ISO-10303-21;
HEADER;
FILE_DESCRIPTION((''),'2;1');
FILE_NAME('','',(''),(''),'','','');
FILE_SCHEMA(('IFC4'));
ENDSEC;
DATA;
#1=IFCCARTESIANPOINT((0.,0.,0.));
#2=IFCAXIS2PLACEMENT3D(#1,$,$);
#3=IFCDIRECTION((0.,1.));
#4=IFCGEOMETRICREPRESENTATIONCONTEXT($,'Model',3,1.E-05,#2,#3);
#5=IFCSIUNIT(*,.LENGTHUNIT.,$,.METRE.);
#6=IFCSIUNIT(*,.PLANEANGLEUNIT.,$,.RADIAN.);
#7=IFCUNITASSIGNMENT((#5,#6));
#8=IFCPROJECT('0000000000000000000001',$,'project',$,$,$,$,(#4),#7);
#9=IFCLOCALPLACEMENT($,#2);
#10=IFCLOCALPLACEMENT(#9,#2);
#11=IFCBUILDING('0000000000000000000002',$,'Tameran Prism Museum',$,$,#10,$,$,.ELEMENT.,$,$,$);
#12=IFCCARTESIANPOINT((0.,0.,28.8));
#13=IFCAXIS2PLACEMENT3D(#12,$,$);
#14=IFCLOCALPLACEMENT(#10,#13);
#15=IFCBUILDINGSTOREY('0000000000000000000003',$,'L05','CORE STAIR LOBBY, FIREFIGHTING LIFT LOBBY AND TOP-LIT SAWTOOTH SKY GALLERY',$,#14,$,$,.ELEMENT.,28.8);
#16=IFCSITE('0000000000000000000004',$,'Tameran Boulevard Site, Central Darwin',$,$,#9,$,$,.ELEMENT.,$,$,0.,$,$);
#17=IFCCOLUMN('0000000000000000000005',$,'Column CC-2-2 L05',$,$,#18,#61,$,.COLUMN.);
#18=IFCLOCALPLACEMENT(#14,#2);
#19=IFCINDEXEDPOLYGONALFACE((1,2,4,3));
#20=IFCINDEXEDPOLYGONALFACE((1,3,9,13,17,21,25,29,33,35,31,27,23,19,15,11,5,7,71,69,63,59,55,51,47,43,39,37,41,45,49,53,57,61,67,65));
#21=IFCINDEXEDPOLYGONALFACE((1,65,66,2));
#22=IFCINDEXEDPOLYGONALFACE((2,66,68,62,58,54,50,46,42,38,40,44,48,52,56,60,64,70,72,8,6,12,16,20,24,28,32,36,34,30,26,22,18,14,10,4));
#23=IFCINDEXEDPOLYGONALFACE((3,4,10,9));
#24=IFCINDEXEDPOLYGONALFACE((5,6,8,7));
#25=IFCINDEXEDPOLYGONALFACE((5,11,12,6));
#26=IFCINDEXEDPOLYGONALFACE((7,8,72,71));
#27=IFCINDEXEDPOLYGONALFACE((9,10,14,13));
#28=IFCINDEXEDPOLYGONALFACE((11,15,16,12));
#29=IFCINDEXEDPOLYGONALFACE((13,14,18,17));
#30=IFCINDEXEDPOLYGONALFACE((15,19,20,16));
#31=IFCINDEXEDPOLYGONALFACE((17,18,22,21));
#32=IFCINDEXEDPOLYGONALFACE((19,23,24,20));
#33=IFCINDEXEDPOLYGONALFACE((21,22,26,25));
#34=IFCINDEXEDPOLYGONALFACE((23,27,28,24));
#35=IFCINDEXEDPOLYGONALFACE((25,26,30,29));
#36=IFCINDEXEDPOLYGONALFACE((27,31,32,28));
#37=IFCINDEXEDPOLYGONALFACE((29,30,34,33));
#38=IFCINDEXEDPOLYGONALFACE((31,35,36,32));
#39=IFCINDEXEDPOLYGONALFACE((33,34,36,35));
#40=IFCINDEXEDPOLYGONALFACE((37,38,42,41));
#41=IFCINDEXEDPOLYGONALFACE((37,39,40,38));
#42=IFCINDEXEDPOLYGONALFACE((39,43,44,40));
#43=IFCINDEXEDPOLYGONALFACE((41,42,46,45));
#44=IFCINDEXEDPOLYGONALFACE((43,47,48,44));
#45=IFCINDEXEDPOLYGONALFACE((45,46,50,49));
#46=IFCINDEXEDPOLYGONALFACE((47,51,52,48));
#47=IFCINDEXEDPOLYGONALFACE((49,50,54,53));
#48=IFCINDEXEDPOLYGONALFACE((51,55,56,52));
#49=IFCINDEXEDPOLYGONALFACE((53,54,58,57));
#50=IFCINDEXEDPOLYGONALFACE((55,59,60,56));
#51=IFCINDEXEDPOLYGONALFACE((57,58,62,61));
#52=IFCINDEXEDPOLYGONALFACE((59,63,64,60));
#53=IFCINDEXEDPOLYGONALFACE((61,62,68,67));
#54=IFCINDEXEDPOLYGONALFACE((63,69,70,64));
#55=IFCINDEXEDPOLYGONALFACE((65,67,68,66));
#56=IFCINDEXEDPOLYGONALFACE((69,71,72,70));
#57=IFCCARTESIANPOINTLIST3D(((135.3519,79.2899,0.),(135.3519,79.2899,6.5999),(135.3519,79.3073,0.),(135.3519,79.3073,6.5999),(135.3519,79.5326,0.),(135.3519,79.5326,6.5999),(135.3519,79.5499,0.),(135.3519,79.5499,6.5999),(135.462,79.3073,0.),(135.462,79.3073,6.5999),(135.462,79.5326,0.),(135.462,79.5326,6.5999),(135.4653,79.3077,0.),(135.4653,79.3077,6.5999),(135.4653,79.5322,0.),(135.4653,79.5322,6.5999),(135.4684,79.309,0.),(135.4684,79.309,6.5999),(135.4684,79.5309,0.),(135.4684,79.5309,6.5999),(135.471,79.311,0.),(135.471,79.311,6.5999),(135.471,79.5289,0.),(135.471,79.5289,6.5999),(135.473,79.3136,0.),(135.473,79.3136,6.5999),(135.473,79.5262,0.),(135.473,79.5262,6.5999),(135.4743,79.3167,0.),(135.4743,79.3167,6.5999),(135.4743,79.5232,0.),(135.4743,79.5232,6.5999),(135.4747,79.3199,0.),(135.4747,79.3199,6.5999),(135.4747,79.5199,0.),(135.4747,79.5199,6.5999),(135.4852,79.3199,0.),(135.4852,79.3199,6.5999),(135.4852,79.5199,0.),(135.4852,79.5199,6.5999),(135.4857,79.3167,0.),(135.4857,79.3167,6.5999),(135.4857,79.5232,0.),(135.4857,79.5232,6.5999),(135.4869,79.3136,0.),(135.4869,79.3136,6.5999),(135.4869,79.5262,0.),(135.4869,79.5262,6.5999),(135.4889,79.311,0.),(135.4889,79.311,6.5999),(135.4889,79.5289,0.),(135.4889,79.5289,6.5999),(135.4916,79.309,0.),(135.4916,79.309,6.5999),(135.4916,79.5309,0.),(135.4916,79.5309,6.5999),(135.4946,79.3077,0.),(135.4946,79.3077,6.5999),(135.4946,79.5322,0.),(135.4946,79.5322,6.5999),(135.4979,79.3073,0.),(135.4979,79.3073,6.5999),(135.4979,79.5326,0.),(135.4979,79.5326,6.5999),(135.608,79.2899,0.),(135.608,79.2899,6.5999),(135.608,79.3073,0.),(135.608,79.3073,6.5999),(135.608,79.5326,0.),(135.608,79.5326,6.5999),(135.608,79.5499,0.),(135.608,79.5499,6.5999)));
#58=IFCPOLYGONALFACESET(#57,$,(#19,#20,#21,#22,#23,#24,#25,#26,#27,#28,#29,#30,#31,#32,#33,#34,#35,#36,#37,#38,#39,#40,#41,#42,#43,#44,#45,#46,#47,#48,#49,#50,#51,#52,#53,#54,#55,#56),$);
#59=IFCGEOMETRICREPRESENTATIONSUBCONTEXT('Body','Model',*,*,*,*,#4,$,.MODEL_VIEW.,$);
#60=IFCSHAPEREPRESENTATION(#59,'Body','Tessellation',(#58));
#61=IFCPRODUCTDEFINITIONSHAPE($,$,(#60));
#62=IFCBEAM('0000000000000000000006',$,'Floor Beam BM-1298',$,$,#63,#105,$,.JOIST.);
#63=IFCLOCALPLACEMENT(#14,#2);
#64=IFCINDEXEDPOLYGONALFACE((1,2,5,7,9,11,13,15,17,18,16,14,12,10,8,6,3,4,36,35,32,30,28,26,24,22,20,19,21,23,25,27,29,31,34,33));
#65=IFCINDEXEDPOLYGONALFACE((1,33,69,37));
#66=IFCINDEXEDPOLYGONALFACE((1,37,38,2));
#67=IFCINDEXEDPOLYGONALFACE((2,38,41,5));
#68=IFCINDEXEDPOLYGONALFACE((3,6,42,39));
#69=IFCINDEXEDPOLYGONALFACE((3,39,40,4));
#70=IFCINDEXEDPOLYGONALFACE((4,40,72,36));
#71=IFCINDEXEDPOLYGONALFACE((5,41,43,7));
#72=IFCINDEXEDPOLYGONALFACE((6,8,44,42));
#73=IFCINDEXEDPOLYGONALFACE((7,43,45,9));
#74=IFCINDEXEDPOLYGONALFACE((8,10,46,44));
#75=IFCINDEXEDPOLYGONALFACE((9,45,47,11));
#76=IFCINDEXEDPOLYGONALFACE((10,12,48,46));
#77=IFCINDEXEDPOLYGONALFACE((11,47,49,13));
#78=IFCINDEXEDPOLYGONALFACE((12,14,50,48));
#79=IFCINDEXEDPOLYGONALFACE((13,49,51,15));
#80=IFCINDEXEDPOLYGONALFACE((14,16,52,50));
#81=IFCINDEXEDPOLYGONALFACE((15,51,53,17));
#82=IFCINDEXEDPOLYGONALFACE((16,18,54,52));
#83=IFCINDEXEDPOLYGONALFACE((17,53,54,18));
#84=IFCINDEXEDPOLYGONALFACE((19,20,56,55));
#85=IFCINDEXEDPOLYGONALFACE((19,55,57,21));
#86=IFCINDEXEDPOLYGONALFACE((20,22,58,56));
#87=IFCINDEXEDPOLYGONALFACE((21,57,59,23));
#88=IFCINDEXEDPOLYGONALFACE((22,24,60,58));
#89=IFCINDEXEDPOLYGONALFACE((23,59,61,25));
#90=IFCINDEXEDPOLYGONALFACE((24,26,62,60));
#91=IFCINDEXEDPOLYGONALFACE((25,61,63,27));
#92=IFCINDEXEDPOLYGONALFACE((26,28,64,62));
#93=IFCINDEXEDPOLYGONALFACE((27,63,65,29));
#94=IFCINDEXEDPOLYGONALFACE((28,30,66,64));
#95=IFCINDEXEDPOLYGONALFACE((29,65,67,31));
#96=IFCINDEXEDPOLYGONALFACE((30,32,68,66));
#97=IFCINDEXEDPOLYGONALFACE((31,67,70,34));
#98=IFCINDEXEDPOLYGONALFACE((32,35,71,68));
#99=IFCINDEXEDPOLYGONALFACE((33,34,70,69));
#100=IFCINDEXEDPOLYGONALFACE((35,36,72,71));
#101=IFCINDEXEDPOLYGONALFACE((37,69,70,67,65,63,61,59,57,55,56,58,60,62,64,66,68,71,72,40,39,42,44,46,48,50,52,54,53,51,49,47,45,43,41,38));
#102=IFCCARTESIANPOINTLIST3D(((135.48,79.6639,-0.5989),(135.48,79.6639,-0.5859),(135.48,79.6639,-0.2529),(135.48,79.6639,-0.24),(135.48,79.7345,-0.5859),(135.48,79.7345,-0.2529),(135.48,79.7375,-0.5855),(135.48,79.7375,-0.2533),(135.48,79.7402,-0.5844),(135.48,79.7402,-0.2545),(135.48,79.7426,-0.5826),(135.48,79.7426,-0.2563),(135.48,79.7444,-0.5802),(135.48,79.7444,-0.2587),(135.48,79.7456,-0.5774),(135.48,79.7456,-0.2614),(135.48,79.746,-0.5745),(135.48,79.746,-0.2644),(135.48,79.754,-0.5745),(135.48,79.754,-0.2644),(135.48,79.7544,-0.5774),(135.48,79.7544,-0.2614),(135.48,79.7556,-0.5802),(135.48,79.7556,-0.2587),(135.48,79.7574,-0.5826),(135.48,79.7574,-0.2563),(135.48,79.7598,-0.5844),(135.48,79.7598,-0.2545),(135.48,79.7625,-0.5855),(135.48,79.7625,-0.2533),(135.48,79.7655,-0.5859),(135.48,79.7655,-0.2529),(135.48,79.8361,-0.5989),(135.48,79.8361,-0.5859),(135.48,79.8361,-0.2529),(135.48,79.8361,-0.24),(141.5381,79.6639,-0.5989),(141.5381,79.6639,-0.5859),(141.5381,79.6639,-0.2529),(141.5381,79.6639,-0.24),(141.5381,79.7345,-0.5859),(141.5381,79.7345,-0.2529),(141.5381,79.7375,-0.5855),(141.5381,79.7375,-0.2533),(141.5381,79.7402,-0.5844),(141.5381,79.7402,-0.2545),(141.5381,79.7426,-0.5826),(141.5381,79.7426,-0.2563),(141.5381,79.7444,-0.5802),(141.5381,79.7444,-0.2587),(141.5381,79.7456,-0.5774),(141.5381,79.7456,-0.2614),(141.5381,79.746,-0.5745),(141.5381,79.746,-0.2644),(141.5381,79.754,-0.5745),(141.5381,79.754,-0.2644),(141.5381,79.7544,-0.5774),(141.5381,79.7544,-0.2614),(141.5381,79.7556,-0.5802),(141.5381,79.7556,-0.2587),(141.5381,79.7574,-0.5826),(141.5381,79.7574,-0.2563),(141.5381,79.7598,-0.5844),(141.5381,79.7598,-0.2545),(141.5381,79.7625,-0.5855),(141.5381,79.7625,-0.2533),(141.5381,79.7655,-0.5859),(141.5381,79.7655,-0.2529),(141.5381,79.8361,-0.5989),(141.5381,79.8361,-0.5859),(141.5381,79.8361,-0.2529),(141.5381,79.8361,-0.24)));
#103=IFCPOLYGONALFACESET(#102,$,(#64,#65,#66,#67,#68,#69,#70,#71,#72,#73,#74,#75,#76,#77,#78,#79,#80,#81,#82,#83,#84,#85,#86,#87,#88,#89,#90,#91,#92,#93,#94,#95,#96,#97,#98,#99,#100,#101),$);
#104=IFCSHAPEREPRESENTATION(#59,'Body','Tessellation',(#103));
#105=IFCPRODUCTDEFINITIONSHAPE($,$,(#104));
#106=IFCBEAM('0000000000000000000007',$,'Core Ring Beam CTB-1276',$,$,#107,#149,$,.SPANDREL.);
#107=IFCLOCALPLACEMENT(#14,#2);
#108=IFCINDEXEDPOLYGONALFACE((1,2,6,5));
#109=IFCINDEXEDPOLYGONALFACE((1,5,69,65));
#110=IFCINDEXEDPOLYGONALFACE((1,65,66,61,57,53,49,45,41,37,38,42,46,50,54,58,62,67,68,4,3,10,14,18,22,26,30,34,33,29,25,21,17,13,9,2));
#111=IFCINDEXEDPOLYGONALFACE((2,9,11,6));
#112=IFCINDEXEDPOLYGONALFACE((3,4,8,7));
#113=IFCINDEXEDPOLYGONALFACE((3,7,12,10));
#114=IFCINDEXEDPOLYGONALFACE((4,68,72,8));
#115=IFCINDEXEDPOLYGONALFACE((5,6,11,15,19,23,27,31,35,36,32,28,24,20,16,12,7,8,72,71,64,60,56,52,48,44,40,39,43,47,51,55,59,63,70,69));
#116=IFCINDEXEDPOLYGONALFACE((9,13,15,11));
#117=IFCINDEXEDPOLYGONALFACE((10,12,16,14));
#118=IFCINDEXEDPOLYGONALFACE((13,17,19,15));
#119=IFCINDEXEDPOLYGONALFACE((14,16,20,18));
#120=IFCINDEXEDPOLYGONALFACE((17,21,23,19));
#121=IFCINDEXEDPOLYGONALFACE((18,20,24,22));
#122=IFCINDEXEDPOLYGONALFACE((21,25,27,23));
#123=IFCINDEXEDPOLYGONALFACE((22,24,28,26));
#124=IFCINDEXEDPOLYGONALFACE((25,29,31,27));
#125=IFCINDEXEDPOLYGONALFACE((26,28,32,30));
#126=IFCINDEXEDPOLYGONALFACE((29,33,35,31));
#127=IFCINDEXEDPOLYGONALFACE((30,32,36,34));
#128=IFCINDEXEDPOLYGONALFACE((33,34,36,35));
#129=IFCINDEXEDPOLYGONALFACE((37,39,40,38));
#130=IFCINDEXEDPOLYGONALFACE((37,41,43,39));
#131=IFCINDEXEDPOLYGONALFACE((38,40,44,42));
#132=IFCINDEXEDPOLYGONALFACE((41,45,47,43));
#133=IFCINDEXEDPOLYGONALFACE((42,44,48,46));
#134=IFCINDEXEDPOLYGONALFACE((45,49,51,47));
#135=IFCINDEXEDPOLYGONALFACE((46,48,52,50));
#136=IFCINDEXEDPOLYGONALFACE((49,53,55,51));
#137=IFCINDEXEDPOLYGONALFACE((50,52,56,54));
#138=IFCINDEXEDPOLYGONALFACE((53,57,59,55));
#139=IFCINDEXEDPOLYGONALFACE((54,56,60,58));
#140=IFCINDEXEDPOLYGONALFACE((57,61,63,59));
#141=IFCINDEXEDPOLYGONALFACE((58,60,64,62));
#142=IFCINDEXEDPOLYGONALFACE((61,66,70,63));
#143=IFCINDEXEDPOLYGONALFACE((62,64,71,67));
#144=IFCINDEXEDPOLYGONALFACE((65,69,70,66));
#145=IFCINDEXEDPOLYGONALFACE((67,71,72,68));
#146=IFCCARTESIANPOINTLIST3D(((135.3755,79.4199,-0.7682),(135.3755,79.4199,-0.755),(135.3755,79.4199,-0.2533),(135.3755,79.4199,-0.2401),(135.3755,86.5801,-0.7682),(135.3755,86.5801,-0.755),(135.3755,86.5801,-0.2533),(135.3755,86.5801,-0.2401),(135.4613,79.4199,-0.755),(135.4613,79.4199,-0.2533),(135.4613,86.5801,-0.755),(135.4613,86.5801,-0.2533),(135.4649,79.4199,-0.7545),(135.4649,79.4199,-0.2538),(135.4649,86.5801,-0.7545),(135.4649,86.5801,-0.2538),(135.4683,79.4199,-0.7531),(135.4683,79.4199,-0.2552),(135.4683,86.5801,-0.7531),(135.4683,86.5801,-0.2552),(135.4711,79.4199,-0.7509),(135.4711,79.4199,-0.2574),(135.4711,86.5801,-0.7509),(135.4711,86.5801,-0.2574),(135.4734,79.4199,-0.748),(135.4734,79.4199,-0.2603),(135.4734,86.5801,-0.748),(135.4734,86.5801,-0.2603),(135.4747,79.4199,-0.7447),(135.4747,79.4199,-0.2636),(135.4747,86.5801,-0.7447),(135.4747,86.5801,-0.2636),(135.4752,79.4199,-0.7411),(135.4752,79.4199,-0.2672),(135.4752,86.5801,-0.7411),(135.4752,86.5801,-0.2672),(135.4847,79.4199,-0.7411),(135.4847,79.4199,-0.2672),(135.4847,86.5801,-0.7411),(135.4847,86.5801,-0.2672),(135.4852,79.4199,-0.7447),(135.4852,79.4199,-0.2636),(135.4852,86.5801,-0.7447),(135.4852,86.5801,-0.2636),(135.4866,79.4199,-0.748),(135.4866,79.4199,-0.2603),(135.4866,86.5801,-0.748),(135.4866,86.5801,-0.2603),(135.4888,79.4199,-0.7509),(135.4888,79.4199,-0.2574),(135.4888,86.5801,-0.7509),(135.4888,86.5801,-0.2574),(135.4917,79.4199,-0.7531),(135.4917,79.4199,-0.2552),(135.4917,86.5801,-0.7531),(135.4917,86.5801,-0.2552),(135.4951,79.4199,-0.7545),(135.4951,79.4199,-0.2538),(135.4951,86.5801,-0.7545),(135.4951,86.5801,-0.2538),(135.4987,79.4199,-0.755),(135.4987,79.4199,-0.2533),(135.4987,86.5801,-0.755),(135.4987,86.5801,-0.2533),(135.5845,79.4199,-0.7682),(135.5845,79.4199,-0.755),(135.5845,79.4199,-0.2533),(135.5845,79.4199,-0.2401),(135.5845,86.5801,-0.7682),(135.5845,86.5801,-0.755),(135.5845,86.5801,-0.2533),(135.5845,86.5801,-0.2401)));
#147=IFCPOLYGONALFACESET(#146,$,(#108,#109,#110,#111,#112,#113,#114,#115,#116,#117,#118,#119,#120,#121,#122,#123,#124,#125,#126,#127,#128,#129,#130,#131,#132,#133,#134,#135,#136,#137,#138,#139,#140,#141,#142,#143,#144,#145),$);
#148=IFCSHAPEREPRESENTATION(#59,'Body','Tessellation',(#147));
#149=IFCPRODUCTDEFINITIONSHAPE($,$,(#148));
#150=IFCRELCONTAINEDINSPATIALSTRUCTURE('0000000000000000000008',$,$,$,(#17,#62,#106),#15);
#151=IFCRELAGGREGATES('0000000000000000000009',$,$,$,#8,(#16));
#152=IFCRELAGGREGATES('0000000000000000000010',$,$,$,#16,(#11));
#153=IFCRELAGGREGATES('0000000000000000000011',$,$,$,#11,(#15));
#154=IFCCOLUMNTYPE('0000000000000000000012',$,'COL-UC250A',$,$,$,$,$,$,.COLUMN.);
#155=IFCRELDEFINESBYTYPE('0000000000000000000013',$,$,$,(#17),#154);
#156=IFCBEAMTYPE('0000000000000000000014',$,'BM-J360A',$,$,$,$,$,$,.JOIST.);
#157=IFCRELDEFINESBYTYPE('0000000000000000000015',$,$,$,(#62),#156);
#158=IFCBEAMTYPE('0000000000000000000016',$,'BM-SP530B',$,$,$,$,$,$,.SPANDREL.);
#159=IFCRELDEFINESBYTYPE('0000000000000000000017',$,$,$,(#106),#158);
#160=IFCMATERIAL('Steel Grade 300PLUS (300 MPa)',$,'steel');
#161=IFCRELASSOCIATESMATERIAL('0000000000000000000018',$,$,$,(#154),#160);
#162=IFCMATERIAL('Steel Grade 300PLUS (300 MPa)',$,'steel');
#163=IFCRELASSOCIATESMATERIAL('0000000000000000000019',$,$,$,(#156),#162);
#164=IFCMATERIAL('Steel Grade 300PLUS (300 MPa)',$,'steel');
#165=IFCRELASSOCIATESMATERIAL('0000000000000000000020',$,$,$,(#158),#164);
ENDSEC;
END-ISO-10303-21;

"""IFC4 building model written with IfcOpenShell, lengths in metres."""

from ifc_helpers import new_model, si_unit, direction, frame, origin, origin_2d, place, context, subcontext, project, spatial, i_section, extrude, material, material_profile, profile_set, type_object, element, save


model = new_model("IFC4")

# Units and contexts
model_context = context("Model", 3, precision=1e-05, world=origin(), true_north=direction((0.0, 1.0)))
body_context = subcontext(model_context, "Body", "Model", "MODEL_VIEW")
ifc_project = project(units=[si_unit("LENGTHUNIT", "METRE"), si_unit("PLANEANGLEUNIT", "RADIAN")], contexts=[model_context])

# Site, building, storey
site_placement = place(None, origin())
site = spatial("IfcSite", under=ifc_project, at=site_placement, Name="Tameran Boulevard Site, Central Darwin", CompositionType="ELEMENT", RefElevation=0.0)
building_placement = place(site_placement, origin())
building = spatial("IfcBuilding", under=site, at=building_placement, Name="Tameran Prism Museum", CompositionType="ELEMENT")
storey_placement = place(building_placement, frame((0.0, 0.0, 28.8)))
storey = spatial("IfcBuildingStorey", under=building, at=storey_placement, Name="L05", Description="CORE STAIR LOBBY, FIREFIGHTING LIFT LOBBY AND TOP-LIT SAWTOOTH SKY GALLERY", CompositionType="ELEMENT", Elevation=28.8)

# Column
ifc_material_1 = material(Name="Steel Grade 300PLUS (300 MPa)", Category="steel")
ifc_material_profile_1 = material_profile(ifc_material_1, i_section(OverallWidth=0.2561, OverallDepth=0.26, WebThickness=0.0105, FlangeThickness=0.0173, FilletRadius=0.0127, at=origin_2d()))
ifc_profile_set_1 = profile_set([ifc_material_profile_1])
column_type = type_object("IfcColumnType", Name="COL-UC250A", PredefinedType="COLUMN", material=ifc_profile_set_1)
column_placement = place(storey_placement, frame((135.48, 79.4199, 0.0), z_axis=(0.0, 0.0, 1.0), x_axis=(1.0, 0.0, 0.0)))
element("IfcColumn", 1, at=column_placement, inside=storey, type_object=column_type, Name="Column CC-2-2 L05", PredefinedType="COLUMN", context=body_context, shape_type="SweptSolid", body=[
    extrude(i_section(OverallWidth=0.2561, OverallDepth=0.26, WebThickness=0.0105, FlangeThickness=0.0173, FilletRadius=0.0127, at=origin_2d()), origin(), (0.0, 0.0, 1.0), 6.5999),
])

# Beams
ifc_material_2 = material(Name="Steel Grade 300PLUS (300 MPa)", Category="steel")
ifc_material_profile_2 = material_profile(ifc_material_2, i_section(OverallWidth=0.1721, OverallDepth=0.3589, WebThickness=0.0081, FlangeThickness=0.0129, FilletRadius=0.0115, at=origin_2d()))
ifc_profile_set_2 = profile_set([ifc_material_profile_2])
beam_type_1 = type_object("IfcBeamType", Name="BM-J360A", PredefinedType="JOIST", material=ifc_profile_set_2)
beam_1_placement = place(storey_placement, frame((135.48, 79.75, -0.4194), z_axis=(1.0, 0.0, 0.0), x_axis=(0.0, 1.0, 0.0)))
element("IfcBeam", 2, at=beam_1_placement, inside=storey, type_object=beam_type_1, Name="Floor Beam BM-1298", PredefinedType="JOIST", context=body_context, shape_type="SweptSolid", body=[
    extrude(i_section(OverallWidth=0.1721, OverallDepth=0.3589, WebThickness=0.0081, FlangeThickness=0.0129, FilletRadius=0.0115, at=origin_2d()), origin(), (0.0, 0.0, 1.0), 6.0581),
])
ifc_material_3 = material(Name="Steel Grade 300PLUS (300 MPa)", Category="steel")
ifc_material_profile_3 = material_profile(ifc_material_3, i_section(OverallWidth=0.209, OverallDepth=0.5281, WebThickness=0.0095, FlangeThickness=0.0132, FilletRadius=0.0139, at=origin_2d()))
ifc_profile_set_3 = profile_set([ifc_material_profile_3])
beam_type_2 = type_object("IfcBeamType", Name="BM-SP530B", PredefinedType="SPANDREL", material=ifc_profile_set_3)
beam_2_placement = place(storey_placement, frame((135.48, 79.4199, -0.5042), z_axis=(0.0, 1.0, 0.0), x_axis=(-1.0, 0.0, 0.0)))
element("IfcBeam", 3, at=beam_2_placement, inside=storey, type_object=beam_type_2, Name="Core Ring Beam CTB-1276", PredefinedType="SPANDREL", context=body_context, shape_type="SweptSolid", body=[
    extrude(i_section(OverallWidth=0.209, OverallDepth=0.5281, WebThickness=0.0095, FlangeThickness=0.0132, FilletRadius=0.0139, at=origin_2d()), origin(), (0.0, 0.0, 1.0), 7.1602),
])

save(model, "model.ifc")
